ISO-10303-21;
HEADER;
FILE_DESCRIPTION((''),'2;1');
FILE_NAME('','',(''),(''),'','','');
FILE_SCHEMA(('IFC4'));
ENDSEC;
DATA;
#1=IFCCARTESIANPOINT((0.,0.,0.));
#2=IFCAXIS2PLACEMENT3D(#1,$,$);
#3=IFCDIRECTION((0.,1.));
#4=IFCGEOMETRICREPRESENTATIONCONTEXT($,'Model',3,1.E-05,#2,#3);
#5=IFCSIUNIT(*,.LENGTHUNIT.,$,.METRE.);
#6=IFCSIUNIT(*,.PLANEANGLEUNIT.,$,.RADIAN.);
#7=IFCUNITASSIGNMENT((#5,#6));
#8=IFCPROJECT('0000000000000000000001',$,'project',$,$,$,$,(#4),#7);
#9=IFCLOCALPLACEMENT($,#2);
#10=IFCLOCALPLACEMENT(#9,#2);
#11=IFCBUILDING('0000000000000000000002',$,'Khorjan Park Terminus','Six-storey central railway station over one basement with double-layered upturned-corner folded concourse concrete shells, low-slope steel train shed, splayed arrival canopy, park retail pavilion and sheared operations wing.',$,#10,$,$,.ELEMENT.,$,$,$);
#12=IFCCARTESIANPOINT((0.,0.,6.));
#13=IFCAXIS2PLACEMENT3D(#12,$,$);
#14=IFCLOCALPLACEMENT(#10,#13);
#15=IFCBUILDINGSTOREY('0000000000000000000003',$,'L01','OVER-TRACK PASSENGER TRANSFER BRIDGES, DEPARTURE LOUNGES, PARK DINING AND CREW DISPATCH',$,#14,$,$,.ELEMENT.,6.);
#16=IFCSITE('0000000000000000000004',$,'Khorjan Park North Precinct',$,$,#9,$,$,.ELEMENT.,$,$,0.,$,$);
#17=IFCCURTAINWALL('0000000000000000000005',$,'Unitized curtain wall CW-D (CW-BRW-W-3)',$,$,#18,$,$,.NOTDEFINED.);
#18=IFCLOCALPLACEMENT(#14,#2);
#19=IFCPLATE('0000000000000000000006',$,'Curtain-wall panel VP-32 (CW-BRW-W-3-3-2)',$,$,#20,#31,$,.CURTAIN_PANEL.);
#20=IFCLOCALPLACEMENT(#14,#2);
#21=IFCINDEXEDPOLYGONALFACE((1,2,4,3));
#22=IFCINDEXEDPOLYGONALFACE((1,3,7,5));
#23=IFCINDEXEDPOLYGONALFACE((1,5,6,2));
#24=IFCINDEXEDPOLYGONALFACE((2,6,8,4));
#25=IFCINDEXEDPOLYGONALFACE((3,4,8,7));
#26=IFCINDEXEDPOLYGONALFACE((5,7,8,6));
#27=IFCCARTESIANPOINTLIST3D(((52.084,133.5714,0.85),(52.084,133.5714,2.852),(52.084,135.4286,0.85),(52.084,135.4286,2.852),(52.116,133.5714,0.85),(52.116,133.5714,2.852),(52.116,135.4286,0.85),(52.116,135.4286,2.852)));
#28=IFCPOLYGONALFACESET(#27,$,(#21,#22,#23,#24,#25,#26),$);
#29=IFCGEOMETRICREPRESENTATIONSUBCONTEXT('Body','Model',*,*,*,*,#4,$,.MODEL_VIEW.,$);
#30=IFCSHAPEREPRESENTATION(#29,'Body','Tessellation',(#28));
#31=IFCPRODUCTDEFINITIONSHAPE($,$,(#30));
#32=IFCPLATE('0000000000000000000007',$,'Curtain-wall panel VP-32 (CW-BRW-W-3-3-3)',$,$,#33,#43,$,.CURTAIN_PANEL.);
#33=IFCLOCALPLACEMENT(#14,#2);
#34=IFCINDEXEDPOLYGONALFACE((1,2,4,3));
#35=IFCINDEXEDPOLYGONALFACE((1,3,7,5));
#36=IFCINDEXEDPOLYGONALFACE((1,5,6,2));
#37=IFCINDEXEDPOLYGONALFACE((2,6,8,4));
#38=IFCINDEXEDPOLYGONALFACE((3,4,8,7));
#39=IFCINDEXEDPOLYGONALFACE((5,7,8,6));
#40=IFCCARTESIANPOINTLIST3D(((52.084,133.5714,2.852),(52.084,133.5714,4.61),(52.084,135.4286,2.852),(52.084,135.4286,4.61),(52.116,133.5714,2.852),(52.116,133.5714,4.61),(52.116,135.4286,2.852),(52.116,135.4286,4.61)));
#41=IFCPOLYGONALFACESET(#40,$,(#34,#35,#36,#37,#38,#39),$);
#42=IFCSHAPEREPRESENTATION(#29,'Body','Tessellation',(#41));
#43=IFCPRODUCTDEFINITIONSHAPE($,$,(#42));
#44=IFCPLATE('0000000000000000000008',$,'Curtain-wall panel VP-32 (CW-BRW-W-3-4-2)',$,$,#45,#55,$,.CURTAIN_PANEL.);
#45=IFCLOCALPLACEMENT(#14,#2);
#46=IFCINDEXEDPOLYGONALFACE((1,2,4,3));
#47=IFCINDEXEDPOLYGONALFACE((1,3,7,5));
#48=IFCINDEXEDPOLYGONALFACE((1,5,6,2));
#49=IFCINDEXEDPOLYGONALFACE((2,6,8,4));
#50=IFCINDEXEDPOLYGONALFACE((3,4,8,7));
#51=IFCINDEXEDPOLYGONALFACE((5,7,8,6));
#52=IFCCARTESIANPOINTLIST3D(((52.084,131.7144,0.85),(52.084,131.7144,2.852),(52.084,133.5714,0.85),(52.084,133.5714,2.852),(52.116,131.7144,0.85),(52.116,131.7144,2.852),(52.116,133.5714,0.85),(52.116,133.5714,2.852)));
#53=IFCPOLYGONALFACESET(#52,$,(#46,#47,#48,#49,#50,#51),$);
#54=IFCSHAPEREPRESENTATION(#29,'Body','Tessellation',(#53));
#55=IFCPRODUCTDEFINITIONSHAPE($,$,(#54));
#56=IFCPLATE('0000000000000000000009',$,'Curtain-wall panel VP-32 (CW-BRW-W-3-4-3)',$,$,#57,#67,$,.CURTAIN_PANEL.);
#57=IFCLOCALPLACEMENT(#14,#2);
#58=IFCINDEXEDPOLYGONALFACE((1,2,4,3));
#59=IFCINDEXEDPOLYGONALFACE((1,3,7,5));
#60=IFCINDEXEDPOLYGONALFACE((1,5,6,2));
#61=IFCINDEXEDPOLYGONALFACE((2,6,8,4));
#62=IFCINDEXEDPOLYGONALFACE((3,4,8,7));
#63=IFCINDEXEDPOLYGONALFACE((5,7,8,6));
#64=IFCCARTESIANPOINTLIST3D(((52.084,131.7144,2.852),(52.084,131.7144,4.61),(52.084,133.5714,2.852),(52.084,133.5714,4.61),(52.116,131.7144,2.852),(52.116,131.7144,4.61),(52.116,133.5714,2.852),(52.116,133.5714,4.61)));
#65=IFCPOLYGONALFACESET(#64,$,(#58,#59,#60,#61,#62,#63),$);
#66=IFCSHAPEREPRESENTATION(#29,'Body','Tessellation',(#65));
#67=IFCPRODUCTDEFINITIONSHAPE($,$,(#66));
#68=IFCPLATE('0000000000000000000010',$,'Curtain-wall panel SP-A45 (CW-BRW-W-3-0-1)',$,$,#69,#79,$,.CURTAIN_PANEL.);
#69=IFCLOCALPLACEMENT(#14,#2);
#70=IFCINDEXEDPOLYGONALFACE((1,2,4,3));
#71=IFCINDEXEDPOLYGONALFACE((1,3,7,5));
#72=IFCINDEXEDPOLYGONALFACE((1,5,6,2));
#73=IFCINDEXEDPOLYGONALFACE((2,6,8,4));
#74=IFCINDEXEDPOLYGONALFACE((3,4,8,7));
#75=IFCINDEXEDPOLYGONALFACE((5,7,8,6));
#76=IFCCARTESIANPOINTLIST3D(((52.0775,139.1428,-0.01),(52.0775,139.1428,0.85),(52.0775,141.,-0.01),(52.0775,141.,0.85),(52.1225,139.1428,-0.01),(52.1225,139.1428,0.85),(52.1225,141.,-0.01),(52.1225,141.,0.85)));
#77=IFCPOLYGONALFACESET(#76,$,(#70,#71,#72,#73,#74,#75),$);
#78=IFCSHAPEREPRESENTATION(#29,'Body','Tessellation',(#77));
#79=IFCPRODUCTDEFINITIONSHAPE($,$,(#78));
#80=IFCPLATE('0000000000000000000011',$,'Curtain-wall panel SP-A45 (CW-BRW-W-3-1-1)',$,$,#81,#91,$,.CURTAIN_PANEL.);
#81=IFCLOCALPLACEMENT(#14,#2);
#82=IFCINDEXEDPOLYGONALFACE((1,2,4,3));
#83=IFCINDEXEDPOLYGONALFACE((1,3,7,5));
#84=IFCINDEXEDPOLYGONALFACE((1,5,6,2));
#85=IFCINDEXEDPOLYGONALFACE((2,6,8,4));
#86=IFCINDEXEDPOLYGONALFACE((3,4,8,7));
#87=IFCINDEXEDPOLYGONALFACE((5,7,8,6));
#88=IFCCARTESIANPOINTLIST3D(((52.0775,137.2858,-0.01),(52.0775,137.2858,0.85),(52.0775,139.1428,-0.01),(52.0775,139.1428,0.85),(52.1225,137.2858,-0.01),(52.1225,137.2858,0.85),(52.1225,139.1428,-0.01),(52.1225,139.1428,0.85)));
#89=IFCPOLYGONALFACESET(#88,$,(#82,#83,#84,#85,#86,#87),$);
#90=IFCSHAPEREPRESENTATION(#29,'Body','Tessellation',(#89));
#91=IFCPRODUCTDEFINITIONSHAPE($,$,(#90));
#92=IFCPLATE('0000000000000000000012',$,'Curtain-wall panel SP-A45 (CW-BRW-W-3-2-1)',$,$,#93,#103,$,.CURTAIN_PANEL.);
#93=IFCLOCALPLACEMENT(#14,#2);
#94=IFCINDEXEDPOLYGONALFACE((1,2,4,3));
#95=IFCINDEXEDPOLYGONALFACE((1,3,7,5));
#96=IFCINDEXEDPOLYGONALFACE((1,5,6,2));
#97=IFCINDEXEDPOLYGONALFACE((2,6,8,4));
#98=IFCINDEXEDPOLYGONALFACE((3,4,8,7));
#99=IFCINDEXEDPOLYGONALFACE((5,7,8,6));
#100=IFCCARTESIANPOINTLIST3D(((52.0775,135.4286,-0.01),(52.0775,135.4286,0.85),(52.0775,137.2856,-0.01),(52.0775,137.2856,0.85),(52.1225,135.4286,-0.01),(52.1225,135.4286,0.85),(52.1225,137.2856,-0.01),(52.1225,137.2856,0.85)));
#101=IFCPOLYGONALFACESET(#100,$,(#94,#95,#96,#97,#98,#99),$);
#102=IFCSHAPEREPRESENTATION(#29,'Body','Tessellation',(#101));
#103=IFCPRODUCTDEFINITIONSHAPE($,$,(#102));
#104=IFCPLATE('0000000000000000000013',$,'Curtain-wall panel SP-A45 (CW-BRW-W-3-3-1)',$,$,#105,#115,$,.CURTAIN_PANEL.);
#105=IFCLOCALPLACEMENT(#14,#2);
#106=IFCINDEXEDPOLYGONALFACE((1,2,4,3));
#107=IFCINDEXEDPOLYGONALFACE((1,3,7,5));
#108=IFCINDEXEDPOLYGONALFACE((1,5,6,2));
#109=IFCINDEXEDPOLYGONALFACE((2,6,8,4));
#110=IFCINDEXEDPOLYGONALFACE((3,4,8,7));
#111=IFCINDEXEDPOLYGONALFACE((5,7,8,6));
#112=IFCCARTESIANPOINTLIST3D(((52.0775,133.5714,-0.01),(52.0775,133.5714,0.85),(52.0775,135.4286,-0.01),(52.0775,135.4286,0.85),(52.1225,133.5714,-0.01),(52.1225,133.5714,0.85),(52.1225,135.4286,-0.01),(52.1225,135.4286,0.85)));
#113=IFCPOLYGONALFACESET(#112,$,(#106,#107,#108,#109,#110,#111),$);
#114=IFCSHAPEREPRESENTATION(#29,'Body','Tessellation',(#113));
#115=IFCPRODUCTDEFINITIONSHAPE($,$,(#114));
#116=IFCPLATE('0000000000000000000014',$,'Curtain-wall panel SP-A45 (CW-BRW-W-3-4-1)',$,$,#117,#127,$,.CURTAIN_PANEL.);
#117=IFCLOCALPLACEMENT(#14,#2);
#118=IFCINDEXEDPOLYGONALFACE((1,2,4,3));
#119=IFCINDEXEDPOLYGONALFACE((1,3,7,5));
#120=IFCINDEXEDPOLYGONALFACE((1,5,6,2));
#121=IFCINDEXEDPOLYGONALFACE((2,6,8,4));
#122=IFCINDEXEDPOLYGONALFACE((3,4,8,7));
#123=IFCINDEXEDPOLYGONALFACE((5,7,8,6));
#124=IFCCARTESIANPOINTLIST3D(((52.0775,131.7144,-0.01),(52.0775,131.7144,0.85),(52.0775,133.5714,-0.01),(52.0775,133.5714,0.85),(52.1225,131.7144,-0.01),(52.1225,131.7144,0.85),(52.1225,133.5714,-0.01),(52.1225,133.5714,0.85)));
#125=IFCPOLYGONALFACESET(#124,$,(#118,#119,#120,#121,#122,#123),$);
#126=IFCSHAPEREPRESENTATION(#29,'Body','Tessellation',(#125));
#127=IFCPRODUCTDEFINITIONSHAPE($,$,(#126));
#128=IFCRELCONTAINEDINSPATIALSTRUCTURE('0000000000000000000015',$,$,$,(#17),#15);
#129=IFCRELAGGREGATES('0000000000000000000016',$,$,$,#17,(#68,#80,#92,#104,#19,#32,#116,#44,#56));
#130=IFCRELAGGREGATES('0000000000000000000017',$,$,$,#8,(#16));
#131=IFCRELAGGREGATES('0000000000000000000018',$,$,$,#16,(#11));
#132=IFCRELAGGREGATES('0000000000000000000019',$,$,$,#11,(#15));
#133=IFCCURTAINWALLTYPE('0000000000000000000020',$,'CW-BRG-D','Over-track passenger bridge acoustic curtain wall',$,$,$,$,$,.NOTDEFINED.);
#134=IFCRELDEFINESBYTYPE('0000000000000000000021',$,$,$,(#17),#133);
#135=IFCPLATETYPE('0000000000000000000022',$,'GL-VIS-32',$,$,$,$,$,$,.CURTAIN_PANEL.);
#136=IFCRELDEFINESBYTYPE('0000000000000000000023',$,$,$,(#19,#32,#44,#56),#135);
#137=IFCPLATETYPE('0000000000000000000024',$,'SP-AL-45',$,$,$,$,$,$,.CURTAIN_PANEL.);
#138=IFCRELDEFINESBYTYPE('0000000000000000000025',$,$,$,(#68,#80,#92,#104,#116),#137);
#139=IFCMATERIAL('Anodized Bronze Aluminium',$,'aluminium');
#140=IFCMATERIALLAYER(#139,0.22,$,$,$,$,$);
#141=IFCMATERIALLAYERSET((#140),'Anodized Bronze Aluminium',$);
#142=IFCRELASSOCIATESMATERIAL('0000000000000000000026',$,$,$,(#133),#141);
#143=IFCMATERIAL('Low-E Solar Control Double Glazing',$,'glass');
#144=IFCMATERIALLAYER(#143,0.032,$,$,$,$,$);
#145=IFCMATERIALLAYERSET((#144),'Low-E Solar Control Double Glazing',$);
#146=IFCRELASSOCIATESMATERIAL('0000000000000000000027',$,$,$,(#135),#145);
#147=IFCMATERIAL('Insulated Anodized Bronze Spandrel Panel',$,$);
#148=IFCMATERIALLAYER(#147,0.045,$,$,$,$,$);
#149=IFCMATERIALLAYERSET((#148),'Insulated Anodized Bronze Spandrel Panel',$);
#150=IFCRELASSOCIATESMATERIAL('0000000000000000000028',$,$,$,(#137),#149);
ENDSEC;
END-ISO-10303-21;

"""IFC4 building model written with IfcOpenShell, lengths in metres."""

from ifc_helpers import new_model, si_unit, direction, frame, origin, origin_2d, place, context, subcontext, project, spatial, rectangle, extrude, material, layer, layer_set, type_object, element, aggregate, save


model = new_model("IFC4")

# Units and contexts
model_context = context("Model", 3, precision=1e-05, world=origin(), true_north=direction((0.0, 1.0)))
body_context = subcontext(model_context, "Body", "Model", "MODEL_VIEW")
ifc_project = project(units=[si_unit("LENGTHUNIT", "METRE"), si_unit("PLANEANGLEUNIT", "RADIAN")], contexts=[model_context])

# Site, building, storey
site_placement = place(None, origin())
site = spatial("IfcSite", under=ifc_project, at=site_placement, Name="Khorjan Park North Precinct", CompositionType="ELEMENT", RefElevation=0.0)
building_placement = place(site_placement, origin())
building = spatial("IfcBuilding", under=site, at=building_placement, Name="Khorjan Park Terminus", Description="Six-storey central railway station over one basement with double-layered upturned-corner folded concourse concrete shells, low-slope steel train shed, splayed arrival canopy, park retail pavilion and sheared operations wing.", CompositionType="ELEMENT")
storey_placement = place(building_placement, frame((0.0, 0.0, 6.0)))
storey = spatial("IfcBuildingStorey", under=building, at=storey_placement, Name="L01", Description="OVER-TRACK PASSENGER TRANSFER BRIDGES, DEPARTURE LOUNGES, PARK DINING AND CREW DISPATCH", CompositionType="ELEMENT", Elevation=6.0)

# Curtain wall, plates
ifc_material_1 = material(Name="Anodized Bronze Aluminium", Category="aluminium")
ifc_layer_1 = layer(ifc_material_1, 0.22)
ifc_layer_set_1 = layer_set([ifc_layer_1], Name="Anodized Bronze Aluminium")
curtain_wall_type = type_object("IfcCurtainWallType", Name="CW-BRG-D", Description="Over-track passenger bridge acoustic curtain wall", PredefinedType="NOTDEFINED", material=ifc_layer_set_1)
curtain_wall_placement = place(storey_placement, origin())
curtain_wall = element("IfcCurtainWall", 1, at=curtain_wall_placement, inside=storey, type_object=curtain_wall_type, Name="Unitized curtain wall CW-D (CW-BRW-W-3)", PredefinedType="NOTDEFINED")
ifc_material_2 = material(Name="Low-E Solar Control Double Glazing", Category="glass")
ifc_layer_2 = layer(ifc_material_2, 0.032)
ifc_layer_set_2 = layer_set([ifc_layer_2], Name="Low-E Solar Control Double Glazing")
plate_type_1 = type_object("IfcPlateType", Name="GL-VIS-32", PredefinedType="CURTAIN_PANEL", material=ifc_layer_set_2)
plate_1_placement = place(storey_placement, frame((52.1, 134.5, 0.85), z_axis=(0.0, 0.0, 1.0), x_axis=(0.0, -1.0, 0.0)))
plate_1 = element("IfcPlate", 2, at=plate_1_placement, type_object=plate_type_1, Name="Curtain-wall panel VP-32 (CW-BRW-W-3-3-2)", PredefinedType="CURTAIN_PANEL", context=body_context, shape_type="SweptSolid", body=[
    extrude(rectangle(XDim=1.8571, YDim=0.032, at=origin_2d()), origin(), (0.0, 0.0, 1.0), 2.002),
])
plate_2_placement = place(storey_placement, frame((52.1, 134.5, 2.852), z_axis=(0.0, 0.0, 1.0), x_axis=(0.0, -1.0, 0.0)))
plate_2 = element("IfcPlate", 3, at=plate_2_placement, type_object=plate_type_1, Name="Curtain-wall panel VP-32 (CW-BRW-W-3-3-3)", PredefinedType="CURTAIN_PANEL", context=body_context, shape_type="SweptSolid", body=[
    extrude(rectangle(XDim=1.8571, YDim=0.032, at=origin_2d()), origin(), (0.0, 0.0, 1.0), 1.758),
])
plate_3_placement = place(storey_placement, frame((52.1, 132.6429, 0.85), z_axis=(0.0, 0.0, 1.0), x_axis=(0.0, -1.0, 0.0)))
plate_3 = element("IfcPlate", 4, at=plate_3_placement, type_object=plate_type_1, Name="Curtain-wall panel VP-32 (CW-BRW-W-3-4-2)", PredefinedType="CURTAIN_PANEL", context=body_context, shape_type="SweptSolid", body=[
    extrude(rectangle(XDim=1.8571, YDim=0.032, at=origin_2d()), origin(), (0.0, 0.0, 1.0), 2.002),
])
plate_4_placement = place(storey_placement, frame((52.1, 132.6429, 2.852), z_axis=(0.0, 0.0, 1.0), x_axis=(0.0, -1.0, 0.0)))
plate_4 = element("IfcPlate", 5, at=plate_4_placement, type_object=plate_type_1, Name="Curtain-wall panel VP-32 (CW-BRW-W-3-4-3)", PredefinedType="CURTAIN_PANEL", context=body_context, shape_type="SweptSolid", body=[
    extrude(rectangle(XDim=1.8571, YDim=0.032, at=origin_2d()), origin(), (0.0, 0.0, 1.0), 1.758),
])
ifc_material_3 = material(Name="Insulated Anodized Bronze Spandrel Panel")
ifc_layer_3 = layer(ifc_material_3, 0.045)
ifc_layer_set_3 = layer_set([ifc_layer_3], Name="Insulated Anodized Bronze Spandrel Panel")
plate_type_2 = type_object("IfcPlateType", Name="SP-AL-45", PredefinedType="CURTAIN_PANEL", material=ifc_layer_set_3)
plate_5_placement = place(storey_placement, frame((52.1, 140.0714, -0.01), z_axis=(0.0, 0.0, 1.0), x_axis=(0.0, -1.0, 0.0)))
plate_5 = element("IfcPlate", 6, at=plate_5_placement, type_object=plate_type_2, Name="Curtain-wall panel SP-A45 (CW-BRW-W-3-0-1)", PredefinedType="CURTAIN_PANEL", context=body_context, shape_type="SweptSolid", body=[
    extrude(rectangle(XDim=1.8571, YDim=0.045, at=origin_2d()), origin(), (0.0, 0.0, 1.0), 0.86),
])
plate_6_placement = place(storey_placement, frame((52.1, 138.2143, -0.01), z_axis=(0.0, 0.0, 1.0), x_axis=(0.0, -1.0, 0.0)))
plate_6 = element("IfcPlate", 7, at=plate_6_placement, type_object=plate_type_2, Name="Curtain-wall panel SP-A45 (CW-BRW-W-3-1-1)", PredefinedType="CURTAIN_PANEL", context=body_context, shape_type="SweptSolid", body=[
    extrude(rectangle(XDim=1.8571, YDim=0.045, at=origin_2d()), origin(), (0.0, 0.0, 1.0), 0.86),
])
plate_7_placement = place(storey_placement, frame((52.1, 136.3571, -0.01), z_axis=(0.0, 0.0, 1.0), x_axis=(0.0, -1.0, 0.0)))
plate_7 = element("IfcPlate", 8, at=plate_7_placement, type_object=plate_type_2, Name="Curtain-wall panel SP-A45 (CW-BRW-W-3-2-1)", PredefinedType="CURTAIN_PANEL", context=body_context, shape_type="SweptSolid", body=[
    extrude(rectangle(XDim=1.8571, YDim=0.045, at=origin_2d()), origin(), (0.0, 0.0, 1.0), 0.86),
])
plate_8_placement = place(storey_placement, frame((52.1, 134.5, -0.01), z_axis=(0.0, 0.0, 1.0), x_axis=(0.0, -1.0, 0.0)))
plate_8 = element("IfcPlate", 9, at=plate_8_placement, type_object=plate_type_2, Name="Curtain-wall panel SP-A45 (CW-BRW-W-3-3-1)", PredefinedType="CURTAIN_PANEL", context=body_context, shape_type="SweptSolid", body=[
    extrude(rectangle(XDim=1.8571, YDim=0.045, at=origin_2d()), origin(), (0.0, 0.0, 1.0), 0.86),
])
plate_9_placement = place(storey_placement, frame((52.1, 132.6429, -0.01), z_axis=(0.0, 0.0, 1.0), x_axis=(0.0, -1.0, 0.0)))
plate_9 = element("IfcPlate", 10, at=plate_9_placement, type_object=plate_type_2, Name="Curtain-wall panel SP-A45 (CW-BRW-W-3-4-1)", PredefinedType="CURTAIN_PANEL", context=body_context, shape_type="SweptSolid", body=[
    extrude(rectangle(XDim=1.8571, YDim=0.045, at=origin_2d()), origin(), (0.0, 0.0, 1.0), 0.86),
])
aggregate(curtain_wall, [plate_5, plate_6, plate_7, plate_8, plate_1, plate_2, plate_9, plate_3, plate_4])

save(model, "model.ifc")
